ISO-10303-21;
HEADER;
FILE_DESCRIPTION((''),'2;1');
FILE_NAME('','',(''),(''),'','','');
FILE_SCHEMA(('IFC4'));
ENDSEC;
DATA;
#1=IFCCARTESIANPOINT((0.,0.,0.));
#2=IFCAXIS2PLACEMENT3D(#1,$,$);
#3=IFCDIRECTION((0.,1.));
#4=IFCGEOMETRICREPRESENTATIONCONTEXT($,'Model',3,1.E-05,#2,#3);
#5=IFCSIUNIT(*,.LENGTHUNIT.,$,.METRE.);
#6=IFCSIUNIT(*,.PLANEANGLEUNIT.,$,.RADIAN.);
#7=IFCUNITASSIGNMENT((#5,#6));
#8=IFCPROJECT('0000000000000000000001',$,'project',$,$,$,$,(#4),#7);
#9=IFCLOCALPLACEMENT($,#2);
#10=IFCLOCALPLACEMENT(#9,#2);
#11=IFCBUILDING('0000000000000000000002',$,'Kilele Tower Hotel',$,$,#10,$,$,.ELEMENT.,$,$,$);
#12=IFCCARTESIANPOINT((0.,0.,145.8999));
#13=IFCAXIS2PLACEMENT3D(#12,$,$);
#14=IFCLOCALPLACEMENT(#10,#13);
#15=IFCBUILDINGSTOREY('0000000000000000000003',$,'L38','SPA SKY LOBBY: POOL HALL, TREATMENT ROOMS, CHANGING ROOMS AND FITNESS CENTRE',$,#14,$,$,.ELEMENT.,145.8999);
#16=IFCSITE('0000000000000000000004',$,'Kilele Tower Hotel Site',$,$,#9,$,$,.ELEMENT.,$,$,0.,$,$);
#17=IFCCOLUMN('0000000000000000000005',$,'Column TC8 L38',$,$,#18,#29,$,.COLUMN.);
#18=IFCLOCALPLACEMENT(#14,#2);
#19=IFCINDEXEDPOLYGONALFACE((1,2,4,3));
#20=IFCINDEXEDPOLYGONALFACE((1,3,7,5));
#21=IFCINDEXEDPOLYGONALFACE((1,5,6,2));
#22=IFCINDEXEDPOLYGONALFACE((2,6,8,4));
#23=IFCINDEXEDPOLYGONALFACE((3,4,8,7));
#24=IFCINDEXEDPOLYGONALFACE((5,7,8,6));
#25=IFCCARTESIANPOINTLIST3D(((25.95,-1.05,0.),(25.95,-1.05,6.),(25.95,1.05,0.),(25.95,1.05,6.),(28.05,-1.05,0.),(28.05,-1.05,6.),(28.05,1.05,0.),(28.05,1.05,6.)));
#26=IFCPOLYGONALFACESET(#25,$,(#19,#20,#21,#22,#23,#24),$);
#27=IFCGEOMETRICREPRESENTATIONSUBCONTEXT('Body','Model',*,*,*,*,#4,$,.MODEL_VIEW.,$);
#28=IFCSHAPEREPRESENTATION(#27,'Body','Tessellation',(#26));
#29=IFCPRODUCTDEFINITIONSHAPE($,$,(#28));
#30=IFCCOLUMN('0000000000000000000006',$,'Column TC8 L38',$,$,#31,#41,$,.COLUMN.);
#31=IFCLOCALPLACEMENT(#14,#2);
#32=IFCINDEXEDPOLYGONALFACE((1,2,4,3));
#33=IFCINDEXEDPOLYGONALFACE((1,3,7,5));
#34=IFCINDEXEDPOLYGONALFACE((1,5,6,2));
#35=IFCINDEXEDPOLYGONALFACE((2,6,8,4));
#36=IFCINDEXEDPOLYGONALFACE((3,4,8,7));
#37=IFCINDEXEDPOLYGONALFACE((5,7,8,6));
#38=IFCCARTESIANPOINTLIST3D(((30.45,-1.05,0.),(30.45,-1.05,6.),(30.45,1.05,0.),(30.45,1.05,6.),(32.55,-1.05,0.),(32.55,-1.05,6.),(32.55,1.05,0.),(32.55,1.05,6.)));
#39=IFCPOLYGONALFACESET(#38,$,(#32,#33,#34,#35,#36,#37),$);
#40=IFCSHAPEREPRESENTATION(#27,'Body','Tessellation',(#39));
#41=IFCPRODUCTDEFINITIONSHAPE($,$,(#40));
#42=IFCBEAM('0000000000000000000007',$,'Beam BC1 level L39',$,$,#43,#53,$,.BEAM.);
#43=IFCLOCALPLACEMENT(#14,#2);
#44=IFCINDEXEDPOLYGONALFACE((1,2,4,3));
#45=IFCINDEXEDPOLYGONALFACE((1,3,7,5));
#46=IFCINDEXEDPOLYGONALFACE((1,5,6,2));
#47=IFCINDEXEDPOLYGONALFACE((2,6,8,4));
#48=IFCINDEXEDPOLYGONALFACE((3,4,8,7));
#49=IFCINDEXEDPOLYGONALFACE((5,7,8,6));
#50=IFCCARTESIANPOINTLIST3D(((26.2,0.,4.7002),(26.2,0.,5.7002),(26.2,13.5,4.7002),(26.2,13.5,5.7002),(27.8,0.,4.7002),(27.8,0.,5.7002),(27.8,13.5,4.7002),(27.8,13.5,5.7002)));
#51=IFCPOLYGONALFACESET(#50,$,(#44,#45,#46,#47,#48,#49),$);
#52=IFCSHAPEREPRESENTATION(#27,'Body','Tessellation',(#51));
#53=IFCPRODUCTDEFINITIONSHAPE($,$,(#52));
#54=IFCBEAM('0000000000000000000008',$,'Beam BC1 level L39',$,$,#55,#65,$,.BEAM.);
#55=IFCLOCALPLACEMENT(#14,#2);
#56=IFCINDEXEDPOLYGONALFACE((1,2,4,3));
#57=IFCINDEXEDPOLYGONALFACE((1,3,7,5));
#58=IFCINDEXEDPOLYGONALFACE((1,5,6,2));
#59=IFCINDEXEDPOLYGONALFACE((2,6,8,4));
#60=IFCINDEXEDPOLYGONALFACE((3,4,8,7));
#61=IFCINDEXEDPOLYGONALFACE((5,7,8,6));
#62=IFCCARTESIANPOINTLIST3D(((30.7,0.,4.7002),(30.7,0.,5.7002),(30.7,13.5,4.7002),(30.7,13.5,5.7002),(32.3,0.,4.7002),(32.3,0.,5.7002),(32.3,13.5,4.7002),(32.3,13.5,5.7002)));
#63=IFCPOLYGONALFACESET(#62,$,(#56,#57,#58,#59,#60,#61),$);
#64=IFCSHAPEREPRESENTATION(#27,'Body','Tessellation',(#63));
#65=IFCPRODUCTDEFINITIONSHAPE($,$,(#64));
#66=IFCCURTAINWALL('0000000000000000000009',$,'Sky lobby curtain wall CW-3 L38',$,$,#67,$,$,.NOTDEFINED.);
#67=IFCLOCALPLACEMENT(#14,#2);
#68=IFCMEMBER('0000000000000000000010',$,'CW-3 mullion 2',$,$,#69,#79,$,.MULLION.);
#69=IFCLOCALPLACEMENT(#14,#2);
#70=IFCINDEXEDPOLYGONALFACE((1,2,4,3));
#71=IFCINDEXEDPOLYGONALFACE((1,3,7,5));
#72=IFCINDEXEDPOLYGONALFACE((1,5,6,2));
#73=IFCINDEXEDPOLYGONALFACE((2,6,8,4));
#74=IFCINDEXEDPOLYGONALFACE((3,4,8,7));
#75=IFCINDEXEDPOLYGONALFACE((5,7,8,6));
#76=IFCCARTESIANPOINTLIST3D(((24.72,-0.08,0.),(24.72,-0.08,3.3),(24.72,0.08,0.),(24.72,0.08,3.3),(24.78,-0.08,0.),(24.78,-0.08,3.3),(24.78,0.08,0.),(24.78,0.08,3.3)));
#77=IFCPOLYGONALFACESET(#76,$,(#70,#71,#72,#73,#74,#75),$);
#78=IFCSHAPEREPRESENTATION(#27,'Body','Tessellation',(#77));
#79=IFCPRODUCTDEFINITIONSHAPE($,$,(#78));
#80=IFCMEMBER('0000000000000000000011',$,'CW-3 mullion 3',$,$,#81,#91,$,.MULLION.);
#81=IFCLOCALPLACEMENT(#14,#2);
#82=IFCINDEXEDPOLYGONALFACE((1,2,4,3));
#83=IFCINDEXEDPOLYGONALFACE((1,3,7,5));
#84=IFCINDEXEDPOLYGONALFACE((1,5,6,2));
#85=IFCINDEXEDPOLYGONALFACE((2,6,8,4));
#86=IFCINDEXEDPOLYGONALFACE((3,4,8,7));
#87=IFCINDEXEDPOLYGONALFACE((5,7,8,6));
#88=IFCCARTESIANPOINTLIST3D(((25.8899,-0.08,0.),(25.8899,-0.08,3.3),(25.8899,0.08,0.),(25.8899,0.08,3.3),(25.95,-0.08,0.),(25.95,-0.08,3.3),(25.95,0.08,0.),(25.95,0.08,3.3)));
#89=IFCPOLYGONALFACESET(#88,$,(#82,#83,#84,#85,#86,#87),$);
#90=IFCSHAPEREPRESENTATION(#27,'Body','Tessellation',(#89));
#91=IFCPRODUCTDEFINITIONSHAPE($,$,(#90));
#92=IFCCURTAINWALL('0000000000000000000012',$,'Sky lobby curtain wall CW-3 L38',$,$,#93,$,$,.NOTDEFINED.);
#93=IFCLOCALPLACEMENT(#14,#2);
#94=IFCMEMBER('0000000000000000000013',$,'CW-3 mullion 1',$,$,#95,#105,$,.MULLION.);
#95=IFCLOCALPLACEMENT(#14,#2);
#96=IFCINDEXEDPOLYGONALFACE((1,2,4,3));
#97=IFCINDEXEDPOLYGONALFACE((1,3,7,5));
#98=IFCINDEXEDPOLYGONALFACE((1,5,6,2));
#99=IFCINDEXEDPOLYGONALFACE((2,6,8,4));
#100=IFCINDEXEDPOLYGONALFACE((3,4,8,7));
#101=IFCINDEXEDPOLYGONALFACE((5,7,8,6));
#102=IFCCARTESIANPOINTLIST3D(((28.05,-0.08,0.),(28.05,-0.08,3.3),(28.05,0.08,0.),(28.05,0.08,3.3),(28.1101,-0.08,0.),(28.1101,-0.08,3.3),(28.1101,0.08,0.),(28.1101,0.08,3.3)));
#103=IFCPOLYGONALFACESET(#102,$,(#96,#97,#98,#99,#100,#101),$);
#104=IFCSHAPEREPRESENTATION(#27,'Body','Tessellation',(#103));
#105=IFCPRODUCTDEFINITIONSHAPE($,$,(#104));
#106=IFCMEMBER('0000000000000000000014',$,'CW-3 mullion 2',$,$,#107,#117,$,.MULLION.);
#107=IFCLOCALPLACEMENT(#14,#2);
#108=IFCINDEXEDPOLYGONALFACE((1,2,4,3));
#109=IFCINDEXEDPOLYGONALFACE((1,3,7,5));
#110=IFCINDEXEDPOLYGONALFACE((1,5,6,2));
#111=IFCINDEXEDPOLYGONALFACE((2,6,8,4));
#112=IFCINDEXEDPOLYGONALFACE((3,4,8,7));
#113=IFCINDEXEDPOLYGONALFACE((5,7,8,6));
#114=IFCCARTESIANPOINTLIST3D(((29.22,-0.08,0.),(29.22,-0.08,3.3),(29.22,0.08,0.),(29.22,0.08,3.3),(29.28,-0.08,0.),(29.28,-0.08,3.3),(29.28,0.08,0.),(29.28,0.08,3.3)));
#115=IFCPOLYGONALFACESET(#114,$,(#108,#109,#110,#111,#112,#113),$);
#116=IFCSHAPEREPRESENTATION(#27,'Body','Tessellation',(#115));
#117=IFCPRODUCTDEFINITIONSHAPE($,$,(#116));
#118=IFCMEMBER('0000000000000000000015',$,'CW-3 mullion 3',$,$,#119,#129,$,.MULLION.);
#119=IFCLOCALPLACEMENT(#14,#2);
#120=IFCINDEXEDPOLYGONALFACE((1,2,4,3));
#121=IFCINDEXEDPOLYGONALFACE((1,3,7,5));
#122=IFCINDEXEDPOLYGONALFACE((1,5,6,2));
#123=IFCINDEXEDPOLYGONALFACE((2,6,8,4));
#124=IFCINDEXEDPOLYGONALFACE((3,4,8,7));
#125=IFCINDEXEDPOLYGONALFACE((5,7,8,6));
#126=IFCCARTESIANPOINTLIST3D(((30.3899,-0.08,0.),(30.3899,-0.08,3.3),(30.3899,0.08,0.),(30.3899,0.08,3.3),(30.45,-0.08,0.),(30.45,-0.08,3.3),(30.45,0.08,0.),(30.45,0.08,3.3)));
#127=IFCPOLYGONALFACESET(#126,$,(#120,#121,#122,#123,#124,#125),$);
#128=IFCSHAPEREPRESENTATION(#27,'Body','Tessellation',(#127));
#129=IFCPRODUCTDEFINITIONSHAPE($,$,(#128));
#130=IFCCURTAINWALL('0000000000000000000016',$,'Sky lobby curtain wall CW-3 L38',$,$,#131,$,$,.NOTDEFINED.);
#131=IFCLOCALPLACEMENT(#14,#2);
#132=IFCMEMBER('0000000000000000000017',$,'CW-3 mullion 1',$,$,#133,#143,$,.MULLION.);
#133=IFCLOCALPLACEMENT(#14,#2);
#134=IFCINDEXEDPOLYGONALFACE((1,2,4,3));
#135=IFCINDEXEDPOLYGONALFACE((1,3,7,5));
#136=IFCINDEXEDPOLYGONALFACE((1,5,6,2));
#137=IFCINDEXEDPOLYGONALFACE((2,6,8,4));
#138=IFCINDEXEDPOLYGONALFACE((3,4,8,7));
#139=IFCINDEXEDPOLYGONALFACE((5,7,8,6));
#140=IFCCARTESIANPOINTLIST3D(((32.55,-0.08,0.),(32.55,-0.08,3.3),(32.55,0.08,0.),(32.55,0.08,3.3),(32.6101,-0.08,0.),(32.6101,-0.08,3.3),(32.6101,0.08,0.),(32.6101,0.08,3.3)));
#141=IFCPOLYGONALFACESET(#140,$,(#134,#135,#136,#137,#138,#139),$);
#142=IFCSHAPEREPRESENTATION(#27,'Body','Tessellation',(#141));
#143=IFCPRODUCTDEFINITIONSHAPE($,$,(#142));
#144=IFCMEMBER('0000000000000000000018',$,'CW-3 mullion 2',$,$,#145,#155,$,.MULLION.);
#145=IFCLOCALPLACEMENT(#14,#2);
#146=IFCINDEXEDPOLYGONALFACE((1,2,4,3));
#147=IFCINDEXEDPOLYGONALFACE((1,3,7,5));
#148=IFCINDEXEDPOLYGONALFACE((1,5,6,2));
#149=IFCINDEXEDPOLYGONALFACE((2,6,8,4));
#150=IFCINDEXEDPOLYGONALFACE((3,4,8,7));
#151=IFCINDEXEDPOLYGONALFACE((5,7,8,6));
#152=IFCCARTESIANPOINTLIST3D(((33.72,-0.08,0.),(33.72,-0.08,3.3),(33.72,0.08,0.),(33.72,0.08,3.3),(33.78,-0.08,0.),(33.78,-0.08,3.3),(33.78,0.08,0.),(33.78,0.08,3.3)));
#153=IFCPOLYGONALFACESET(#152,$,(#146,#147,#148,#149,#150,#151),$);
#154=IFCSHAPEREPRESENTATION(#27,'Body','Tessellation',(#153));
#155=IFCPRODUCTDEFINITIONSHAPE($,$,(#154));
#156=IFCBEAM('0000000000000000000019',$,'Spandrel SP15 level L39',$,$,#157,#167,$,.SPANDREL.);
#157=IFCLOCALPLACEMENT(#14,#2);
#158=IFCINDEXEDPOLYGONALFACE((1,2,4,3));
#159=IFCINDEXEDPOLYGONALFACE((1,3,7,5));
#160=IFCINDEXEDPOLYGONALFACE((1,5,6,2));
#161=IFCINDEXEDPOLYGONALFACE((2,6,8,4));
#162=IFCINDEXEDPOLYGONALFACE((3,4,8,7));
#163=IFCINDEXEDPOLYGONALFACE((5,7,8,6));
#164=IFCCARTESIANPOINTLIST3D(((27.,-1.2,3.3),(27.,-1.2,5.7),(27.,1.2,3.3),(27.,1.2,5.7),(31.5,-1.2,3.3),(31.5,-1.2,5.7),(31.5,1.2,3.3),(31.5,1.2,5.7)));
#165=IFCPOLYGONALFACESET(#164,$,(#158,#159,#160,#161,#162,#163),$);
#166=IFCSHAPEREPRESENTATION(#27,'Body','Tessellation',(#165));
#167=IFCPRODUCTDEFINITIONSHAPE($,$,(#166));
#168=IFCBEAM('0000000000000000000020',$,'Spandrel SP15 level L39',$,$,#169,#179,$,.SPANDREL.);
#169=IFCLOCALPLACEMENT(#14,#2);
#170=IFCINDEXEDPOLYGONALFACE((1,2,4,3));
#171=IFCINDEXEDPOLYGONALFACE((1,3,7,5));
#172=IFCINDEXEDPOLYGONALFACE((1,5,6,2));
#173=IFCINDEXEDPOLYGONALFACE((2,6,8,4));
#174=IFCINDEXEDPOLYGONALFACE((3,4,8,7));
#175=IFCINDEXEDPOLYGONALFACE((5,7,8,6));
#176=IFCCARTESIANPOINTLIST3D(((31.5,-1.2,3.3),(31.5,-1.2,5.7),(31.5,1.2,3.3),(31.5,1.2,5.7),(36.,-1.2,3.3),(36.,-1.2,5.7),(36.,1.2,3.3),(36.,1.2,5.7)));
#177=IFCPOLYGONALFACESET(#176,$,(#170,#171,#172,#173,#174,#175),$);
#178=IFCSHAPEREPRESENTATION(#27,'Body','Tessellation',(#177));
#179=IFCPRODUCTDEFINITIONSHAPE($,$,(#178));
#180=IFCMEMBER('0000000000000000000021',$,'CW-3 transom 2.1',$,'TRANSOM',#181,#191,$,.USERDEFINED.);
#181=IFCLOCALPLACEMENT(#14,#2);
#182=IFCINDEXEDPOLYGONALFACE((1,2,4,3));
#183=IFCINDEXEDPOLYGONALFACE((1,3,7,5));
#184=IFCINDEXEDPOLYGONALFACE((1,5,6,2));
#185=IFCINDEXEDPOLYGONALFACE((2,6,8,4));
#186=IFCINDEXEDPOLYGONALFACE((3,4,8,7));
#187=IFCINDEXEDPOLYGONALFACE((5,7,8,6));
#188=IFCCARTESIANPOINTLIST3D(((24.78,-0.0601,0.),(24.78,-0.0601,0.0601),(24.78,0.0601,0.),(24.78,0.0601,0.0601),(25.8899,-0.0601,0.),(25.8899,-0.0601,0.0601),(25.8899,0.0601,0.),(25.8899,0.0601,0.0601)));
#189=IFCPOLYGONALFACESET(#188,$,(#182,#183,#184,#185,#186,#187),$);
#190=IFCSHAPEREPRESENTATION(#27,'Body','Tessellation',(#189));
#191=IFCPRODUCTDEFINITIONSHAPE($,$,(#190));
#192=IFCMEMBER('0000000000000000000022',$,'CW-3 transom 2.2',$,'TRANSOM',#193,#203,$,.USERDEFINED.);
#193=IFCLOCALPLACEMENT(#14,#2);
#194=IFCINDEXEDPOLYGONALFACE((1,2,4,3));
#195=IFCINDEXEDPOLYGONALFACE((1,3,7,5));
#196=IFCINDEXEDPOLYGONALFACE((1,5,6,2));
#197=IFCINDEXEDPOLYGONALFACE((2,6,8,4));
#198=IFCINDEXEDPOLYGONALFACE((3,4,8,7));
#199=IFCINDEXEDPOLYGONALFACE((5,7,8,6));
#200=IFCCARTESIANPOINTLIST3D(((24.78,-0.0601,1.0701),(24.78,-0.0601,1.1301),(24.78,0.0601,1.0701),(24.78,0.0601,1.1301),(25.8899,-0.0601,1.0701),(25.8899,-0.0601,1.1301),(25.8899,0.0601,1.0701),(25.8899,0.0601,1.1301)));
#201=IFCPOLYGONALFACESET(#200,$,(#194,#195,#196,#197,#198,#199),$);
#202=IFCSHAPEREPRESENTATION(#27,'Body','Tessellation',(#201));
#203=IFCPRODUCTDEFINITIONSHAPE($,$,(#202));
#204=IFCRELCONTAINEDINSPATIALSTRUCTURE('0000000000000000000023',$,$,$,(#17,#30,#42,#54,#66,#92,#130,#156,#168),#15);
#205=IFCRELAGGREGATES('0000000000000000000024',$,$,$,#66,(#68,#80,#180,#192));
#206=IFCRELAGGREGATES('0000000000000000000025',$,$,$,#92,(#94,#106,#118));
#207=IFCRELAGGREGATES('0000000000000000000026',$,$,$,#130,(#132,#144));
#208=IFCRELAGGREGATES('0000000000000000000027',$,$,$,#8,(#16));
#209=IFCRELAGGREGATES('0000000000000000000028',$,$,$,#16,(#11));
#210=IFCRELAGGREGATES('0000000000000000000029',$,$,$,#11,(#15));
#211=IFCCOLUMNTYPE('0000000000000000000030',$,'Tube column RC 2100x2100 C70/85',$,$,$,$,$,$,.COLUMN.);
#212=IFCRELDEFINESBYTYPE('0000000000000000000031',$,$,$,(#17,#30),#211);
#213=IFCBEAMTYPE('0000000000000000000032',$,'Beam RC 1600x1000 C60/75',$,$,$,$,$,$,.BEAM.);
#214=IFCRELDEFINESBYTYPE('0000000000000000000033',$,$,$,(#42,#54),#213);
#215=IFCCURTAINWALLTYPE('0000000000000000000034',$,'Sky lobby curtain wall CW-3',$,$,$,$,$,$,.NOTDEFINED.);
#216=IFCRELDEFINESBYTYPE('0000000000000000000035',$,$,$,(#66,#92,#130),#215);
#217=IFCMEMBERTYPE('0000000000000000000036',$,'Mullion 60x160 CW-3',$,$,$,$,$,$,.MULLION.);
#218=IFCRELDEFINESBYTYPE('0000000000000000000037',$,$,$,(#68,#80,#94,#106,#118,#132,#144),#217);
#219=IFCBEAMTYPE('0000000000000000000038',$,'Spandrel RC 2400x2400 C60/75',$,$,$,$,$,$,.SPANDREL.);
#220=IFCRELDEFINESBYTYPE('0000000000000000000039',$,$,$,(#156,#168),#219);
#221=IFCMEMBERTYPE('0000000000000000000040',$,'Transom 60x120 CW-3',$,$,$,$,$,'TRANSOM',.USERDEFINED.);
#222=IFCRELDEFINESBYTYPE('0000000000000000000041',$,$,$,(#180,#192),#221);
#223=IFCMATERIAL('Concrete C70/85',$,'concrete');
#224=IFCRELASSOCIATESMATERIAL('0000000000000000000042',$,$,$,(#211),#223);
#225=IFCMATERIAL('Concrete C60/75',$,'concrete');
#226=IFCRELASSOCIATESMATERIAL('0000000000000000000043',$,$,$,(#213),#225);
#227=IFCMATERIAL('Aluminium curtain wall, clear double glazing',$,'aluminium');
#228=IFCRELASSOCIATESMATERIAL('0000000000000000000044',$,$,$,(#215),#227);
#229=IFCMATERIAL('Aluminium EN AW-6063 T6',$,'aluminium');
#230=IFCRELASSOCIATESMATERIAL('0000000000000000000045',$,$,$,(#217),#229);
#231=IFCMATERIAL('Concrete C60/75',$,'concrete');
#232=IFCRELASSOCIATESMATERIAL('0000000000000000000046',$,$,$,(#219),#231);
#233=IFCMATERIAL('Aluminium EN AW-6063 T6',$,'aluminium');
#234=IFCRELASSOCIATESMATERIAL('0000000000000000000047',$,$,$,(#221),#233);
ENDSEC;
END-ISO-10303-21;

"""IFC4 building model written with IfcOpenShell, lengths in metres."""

from ifc_helpers import new_model, si_unit, direction, frame, origin, origin_2d, place, context, subcontext, project, spatial, rectangle, extrude, material, material_profile, profile_set, type_object, element, aggregate, save


model = new_model("IFC4")

# Units and contexts
model_context = context("Model", 3, precision=1e-05, world=origin(), true_north=direction((0.0, 1.0)))
body_context = subcontext(model_context, "Body", "Model", "MODEL_VIEW")
ifc_project = project(units=[si_unit("LENGTHUNIT", "METRE"), si_unit("PLANEANGLEUNIT", "RADIAN")], contexts=[model_context])

# Site, building, storey
site_placement = place(None, origin())
site = spatial("IfcSite", under=ifc_project, at=site_placement, Name="Kilele Tower Hotel Site", CompositionType="ELEMENT", RefElevation=0.0)
building_placement = place(site_placement, origin())
building = spatial("IfcBuilding", under=site, at=building_placement, Name="Kilele Tower Hotel", CompositionType="ELEMENT")
storey_placement = place(building_placement, frame((0.0, 0.0, 145.8999)))
storey = spatial("IfcBuildingStorey", under=building, at=storey_placement, Name="L38", Description="SPA SKY LOBBY: POOL HALL, TREATMENT ROOMS, CHANGING ROOMS AND FITNESS CENTRE", CompositionType="ELEMENT", Elevation=145.8999)

# Columns
ifc_material_1 = material(Name="Concrete C70/85", Category="concrete")
ifc_material_profile_1 = material_profile(ifc_material_1, rectangle(XDim=2.1001, YDim=2.1001, at=origin_2d()))
ifc_profile_set_1 = profile_set([ifc_material_profile_1], Name="Concrete C70/85")
column_type = type_object("IfcColumnType", Name="Tube column RC 2100x2100 C70/85", PredefinedType="COLUMN", material=ifc_profile_set_1)
for number, where, z_axis, x_axis, name in (
    (1, (27.0, 0.0, 0.0), (0.0, 0.0, 1.0), (1.0, 0.0, 0.0), "Column TC8 L38"),
    (2, (31.5, 0.0, 0.0), (0.0, 0.0, 1.0), (1.0, 0.0, 0.0), "Column TC8 L38"),
):
    element("IfcColumn", number, at=place(storey_placement, frame(where, z_axis=z_axis, x_axis=x_axis)), inside=storey, type_object=column_type, Name=name, PredefinedType="COLUMN", context=body_context, shape_type="SweptSolid", body=[
        extrude(rectangle(XDim=2.1001, YDim=2.1001, at=origin_2d()), origin(), (0.0, 0.0, 1.0), 6.0),
    ])

# Beams
ifc_material_2 = material(Name="Concrete C60/75", Category="concrete")
ifc_material_profile_2 = material_profile(ifc_material_2, rectangle(XDim=1.6001, YDim=1.0, at=origin_2d()))
ifc_profile_set_2 = profile_set([ifc_material_profile_2], Name="Concrete C60/75")
beam_type_1 = type_object("IfcBeamType", Name="Beam RC 1600x1000 C60/75", PredefinedType="BEAM", material=ifc_profile_set_2)
for number, where, z_axis, x_axis, name in (
    (3, (27.0, 0.0, 5.2002), (0.0, 1.0, 0.0), (-1.0, 0.0, 0.0), "Beam BC1 level L39"),
    (4, (31.5, 0.0, 5.2002), (0.0, 1.0, 0.0), (-1.0, 0.0, 0.0), "Beam BC1 level L39"),
):
    element("IfcBeam", number, at=place(storey_placement, frame(where, z_axis=z_axis, x_axis=x_axis)), inside=storey, type_object=beam_type_1, Name=name, PredefinedType="BEAM", context=body_context, shape_type="SweptSolid", body=[
        extrude(rectangle(XDim=1.6001, YDim=1.0, at=origin_2d()), origin(), (0.0, 0.0, 1.0), 13.5),
    ])

# Curtain walls, members
ifc_material_3 = material(Name="Aluminium curtain wall, clear double glazing", Category="aluminium")
curtain_wall_type = type_object("IfcCurtainWallType", Name="Sky lobby curtain wall CW-3", PredefinedType="NOTDEFINED", material=ifc_material_3)
curtain_wall_1_placement = place(storey_placement, origin())
curtain_wall_1 = element("IfcCurtainWall", 5, at=curtain_wall_1_placement, inside=storey, type_object=curtain_wall_type, Name="Sky lobby curtain wall CW-3 L38", PredefinedType="NOTDEFINED")
ifc_material_4 = material(Name="Aluminium EN AW-6063 T6", Category="aluminium")
ifc_material_profile_3 = material_profile(ifc_material_4, rectangle(XDim=0.1599, YDim=0.0601, at=origin_2d()))
ifc_profile_set_3 = profile_set([ifc_material_profile_3], Name="Aluminium EN AW-6063 T6")
member_type_1 = type_object("IfcMemberType", Name="Mullion 60x160 CW-3", PredefinedType="MULLION", material=ifc_profile_set_3)
member_1_placement = place(storey_placement, frame((24.75, 0.0, 0.0), z_axis=(0.0, 0.0, 1.0), x_axis=(0.0, 1.0, 0.0)))
member_1 = element("IfcMember", 6, at=member_1_placement, type_object=member_type_1, Name="CW-3 mullion 2", PredefinedType="MULLION", context=body_context, shape_type="SweptSolid", body=[
    extrude(rectangle(XDim=0.1599, YDim=0.0601, at=origin_2d()), origin(), (0.0, 0.0, 1.0), 3.3),
])
member_2_placement = place(storey_placement, frame((25.9199, 0.0, 0.0), z_axis=(0.0, 0.0, 1.0), x_axis=(0.0, 1.0, 0.0)))
member_2 = element("IfcMember", 7, at=member_2_placement, type_object=member_type_1, Name="CW-3 mullion 3", PredefinedType="MULLION", context=body_context, shape_type="SweptSolid", body=[
    extrude(rectangle(XDim=0.1599, YDim=0.0601, at=origin_2d()), origin(), (0.0, 0.0, 1.0), 3.3),
])
curtain_wall_2_placement = place(storey_placement, origin())
curtain_wall_2 = element("IfcCurtainWall", 8, at=curtain_wall_2_placement, inside=storey, type_object=curtain_wall_type, Name="Sky lobby curtain wall CW-3 L38", PredefinedType="NOTDEFINED")
member_3_placement = place(storey_placement, frame((28.0801, 0.0, 0.0), z_axis=(0.0, 0.0, 1.0), x_axis=(0.0, 1.0, 0.0)))
member_3 = element("IfcMember", 9, at=member_3_placement, type_object=member_type_1, Name="CW-3 mullion 1", PredefinedType="MULLION", context=body_context, shape_type="SweptSolid", body=[
    extrude(rectangle(XDim=0.1599, YDim=0.0601, at=origin_2d()), origin(), (0.0, 0.0, 1.0), 3.3),
])
member_4_placement = place(storey_placement, frame((29.25, 0.0, 0.0), z_axis=(0.0, 0.0, 1.0), x_axis=(0.0, 1.0, 0.0)))
member_4 = element("IfcMember", 10, at=member_4_placement, type_object=member_type_1, Name="CW-3 mullion 2", PredefinedType="MULLION", context=body_context, shape_type="SweptSolid", body=[
    extrude(rectangle(XDim=0.1599, YDim=0.0601, at=origin_2d()), origin(), (0.0, 0.0, 1.0), 3.3),
])
member_5_placement = place(storey_placement, frame((30.4199, 0.0, 0.0), z_axis=(0.0, 0.0, 1.0), x_axis=(0.0, 1.0, 0.0)))
member_5 = element("IfcMember", 11, at=member_5_placement, type_object=member_type_1, Name="CW-3 mullion 3", PredefinedType="MULLION", context=body_context, shape_type="SweptSolid", body=[
    extrude(rectangle(XDim=0.1599, YDim=0.0601, at=origin_2d()), origin(), (0.0, 0.0, 1.0), 3.3),
])
curtain_wall_3_placement = place(storey_placement, origin())
curtain_wall_3 = element("IfcCurtainWall", 12, at=curtain_wall_3_placement, inside=storey, type_object=curtain_wall_type, Name="Sky lobby curtain wall CW-3 L38", PredefinedType="NOTDEFINED")
member_6_placement = place(storey_placement, frame((32.5801, 0.0, 0.0), z_axis=(0.0, 0.0, 1.0), x_axis=(0.0, 1.0, 0.0)))
member_6 = element("IfcMember", 13, at=member_6_placement, type_object=member_type_1, Name="CW-3 mullion 1", PredefinedType="MULLION", context=body_context, shape_type="SweptSolid", body=[
    extrude(rectangle(XDim=0.1599, YDim=0.0601, at=origin_2d()), origin(), (0.0, 0.0, 1.0), 3.3),
])
member_7_placement = place(storey_placement, frame((33.75, 0.0, 0.0), z_axis=(0.0, 0.0, 1.0), x_axis=(0.0, 1.0, 0.0)))
member_7 = element("IfcMember", 14, at=member_7_placement, type_object=member_type_1, Name="CW-3 mullion 2", PredefinedType="MULLION", context=body_context, shape_type="SweptSolid", body=[
    extrude(rectangle(XDim=0.1599, YDim=0.0601, at=origin_2d()), origin(), (0.0, 0.0, 1.0), 3.3),
])

# Beams
ifc_material_5 = material(Name="Concrete C60/75", Category="concrete")
ifc_material_profile_4 = material_profile(ifc_material_5, rectangle(XDim=2.3999, YDim=2.3999, at=origin_2d()))
ifc_profile_set_4 = profile_set([ifc_material_profile_4], Name="Concrete C60/75")
beam_type_2 = type_object("IfcBeamType", Name="Spandrel RC 2400x2400 C60/75", PredefinedType="SPANDREL", material=ifc_profile_set_4)
for number, where, z_axis, x_axis, name in (
    (15, (27.0, 0.0, 4.5), (1.0, 0.0, 0.0), (0.0, 1.0, 0.0), "Spandrel SP15 level L39"),
    (16, (31.5, 0.0, 4.5), (1.0, 0.0, 0.0), (0.0, 1.0, 0.0), "Spandrel SP15 level L39"),
):
    element("IfcBeam", number, at=place(storey_placement, frame(where, z_axis=z_axis, x_axis=x_axis)), inside=storey, type_object=beam_type_2, Name=name, PredefinedType="SPANDREL", context=body_context, shape_type="SweptSolid", body=[
        extrude(rectangle(XDim=2.3999, YDim=2.3999, at=origin_2d()), origin(), (0.0, 0.0, 1.0), 4.5),
    ])

# Members
ifc_material_6 = material(Name="Aluminium EN AW-6063 T6", Category="aluminium")
ifc_material_profile_5 = material_profile(ifc_material_6, rectangle(XDim=0.1201, YDim=0.0601, at=origin_2d()))
ifc_profile_set_5 = profile_set([ifc_material_profile_5], Name="Aluminium EN AW-6063 T6")
member_type_2 = type_object("IfcMemberType", Name="Transom 60x120 CW-3", ElementType="TRANSOM", PredefinedType="USERDEFINED", material=ifc_profile_set_5)
member_8_placement = place(storey_placement, frame((24.78, 0.0, 0.03), z_axis=(1.0, 0.0, 0.0), x_axis=(0.0, 1.0, 0.0)))
member_8 = element("IfcMember", 17, at=member_8_placement, type_object=member_type_2, Name="CW-3 transom 2.1", ObjectType="TRANSOM", PredefinedType="USERDEFINED", context=body_context, shape_type="SweptSolid", body=[
    extrude(rectangle(XDim=0.1201, YDim=0.0601, at=origin_2d()), origin(), (0.0, 0.0, 1.0), 1.1099),
])
member_9_placement = place(storey_placement, frame((24.78, 0.0, 1.1001), z_axis=(1.0, 0.0, 0.0), x_axis=(0.0, 1.0, 0.0)))
member_9 = element("IfcMember", 18, at=member_9_placement, type_object=member_type_2, Name="CW-3 transom 2.2", ObjectType="TRANSOM", PredefinedType="USERDEFINED", context=body_context, shape_type="SweptSolid", body=[
    extrude(rectangle(XDim=0.1201, YDim=0.0601, at=origin_2d()), origin(), (0.0, 0.0, 1.0), 1.1099),
])

aggregate(curtain_wall_1, [member_1, member_2, member_8, member_9])
aggregate(curtain_wall_2, [member_3, member_4, member_5])
aggregate(curtain_wall_3, [member_6, member_7])

save(model, "model.ifc")
